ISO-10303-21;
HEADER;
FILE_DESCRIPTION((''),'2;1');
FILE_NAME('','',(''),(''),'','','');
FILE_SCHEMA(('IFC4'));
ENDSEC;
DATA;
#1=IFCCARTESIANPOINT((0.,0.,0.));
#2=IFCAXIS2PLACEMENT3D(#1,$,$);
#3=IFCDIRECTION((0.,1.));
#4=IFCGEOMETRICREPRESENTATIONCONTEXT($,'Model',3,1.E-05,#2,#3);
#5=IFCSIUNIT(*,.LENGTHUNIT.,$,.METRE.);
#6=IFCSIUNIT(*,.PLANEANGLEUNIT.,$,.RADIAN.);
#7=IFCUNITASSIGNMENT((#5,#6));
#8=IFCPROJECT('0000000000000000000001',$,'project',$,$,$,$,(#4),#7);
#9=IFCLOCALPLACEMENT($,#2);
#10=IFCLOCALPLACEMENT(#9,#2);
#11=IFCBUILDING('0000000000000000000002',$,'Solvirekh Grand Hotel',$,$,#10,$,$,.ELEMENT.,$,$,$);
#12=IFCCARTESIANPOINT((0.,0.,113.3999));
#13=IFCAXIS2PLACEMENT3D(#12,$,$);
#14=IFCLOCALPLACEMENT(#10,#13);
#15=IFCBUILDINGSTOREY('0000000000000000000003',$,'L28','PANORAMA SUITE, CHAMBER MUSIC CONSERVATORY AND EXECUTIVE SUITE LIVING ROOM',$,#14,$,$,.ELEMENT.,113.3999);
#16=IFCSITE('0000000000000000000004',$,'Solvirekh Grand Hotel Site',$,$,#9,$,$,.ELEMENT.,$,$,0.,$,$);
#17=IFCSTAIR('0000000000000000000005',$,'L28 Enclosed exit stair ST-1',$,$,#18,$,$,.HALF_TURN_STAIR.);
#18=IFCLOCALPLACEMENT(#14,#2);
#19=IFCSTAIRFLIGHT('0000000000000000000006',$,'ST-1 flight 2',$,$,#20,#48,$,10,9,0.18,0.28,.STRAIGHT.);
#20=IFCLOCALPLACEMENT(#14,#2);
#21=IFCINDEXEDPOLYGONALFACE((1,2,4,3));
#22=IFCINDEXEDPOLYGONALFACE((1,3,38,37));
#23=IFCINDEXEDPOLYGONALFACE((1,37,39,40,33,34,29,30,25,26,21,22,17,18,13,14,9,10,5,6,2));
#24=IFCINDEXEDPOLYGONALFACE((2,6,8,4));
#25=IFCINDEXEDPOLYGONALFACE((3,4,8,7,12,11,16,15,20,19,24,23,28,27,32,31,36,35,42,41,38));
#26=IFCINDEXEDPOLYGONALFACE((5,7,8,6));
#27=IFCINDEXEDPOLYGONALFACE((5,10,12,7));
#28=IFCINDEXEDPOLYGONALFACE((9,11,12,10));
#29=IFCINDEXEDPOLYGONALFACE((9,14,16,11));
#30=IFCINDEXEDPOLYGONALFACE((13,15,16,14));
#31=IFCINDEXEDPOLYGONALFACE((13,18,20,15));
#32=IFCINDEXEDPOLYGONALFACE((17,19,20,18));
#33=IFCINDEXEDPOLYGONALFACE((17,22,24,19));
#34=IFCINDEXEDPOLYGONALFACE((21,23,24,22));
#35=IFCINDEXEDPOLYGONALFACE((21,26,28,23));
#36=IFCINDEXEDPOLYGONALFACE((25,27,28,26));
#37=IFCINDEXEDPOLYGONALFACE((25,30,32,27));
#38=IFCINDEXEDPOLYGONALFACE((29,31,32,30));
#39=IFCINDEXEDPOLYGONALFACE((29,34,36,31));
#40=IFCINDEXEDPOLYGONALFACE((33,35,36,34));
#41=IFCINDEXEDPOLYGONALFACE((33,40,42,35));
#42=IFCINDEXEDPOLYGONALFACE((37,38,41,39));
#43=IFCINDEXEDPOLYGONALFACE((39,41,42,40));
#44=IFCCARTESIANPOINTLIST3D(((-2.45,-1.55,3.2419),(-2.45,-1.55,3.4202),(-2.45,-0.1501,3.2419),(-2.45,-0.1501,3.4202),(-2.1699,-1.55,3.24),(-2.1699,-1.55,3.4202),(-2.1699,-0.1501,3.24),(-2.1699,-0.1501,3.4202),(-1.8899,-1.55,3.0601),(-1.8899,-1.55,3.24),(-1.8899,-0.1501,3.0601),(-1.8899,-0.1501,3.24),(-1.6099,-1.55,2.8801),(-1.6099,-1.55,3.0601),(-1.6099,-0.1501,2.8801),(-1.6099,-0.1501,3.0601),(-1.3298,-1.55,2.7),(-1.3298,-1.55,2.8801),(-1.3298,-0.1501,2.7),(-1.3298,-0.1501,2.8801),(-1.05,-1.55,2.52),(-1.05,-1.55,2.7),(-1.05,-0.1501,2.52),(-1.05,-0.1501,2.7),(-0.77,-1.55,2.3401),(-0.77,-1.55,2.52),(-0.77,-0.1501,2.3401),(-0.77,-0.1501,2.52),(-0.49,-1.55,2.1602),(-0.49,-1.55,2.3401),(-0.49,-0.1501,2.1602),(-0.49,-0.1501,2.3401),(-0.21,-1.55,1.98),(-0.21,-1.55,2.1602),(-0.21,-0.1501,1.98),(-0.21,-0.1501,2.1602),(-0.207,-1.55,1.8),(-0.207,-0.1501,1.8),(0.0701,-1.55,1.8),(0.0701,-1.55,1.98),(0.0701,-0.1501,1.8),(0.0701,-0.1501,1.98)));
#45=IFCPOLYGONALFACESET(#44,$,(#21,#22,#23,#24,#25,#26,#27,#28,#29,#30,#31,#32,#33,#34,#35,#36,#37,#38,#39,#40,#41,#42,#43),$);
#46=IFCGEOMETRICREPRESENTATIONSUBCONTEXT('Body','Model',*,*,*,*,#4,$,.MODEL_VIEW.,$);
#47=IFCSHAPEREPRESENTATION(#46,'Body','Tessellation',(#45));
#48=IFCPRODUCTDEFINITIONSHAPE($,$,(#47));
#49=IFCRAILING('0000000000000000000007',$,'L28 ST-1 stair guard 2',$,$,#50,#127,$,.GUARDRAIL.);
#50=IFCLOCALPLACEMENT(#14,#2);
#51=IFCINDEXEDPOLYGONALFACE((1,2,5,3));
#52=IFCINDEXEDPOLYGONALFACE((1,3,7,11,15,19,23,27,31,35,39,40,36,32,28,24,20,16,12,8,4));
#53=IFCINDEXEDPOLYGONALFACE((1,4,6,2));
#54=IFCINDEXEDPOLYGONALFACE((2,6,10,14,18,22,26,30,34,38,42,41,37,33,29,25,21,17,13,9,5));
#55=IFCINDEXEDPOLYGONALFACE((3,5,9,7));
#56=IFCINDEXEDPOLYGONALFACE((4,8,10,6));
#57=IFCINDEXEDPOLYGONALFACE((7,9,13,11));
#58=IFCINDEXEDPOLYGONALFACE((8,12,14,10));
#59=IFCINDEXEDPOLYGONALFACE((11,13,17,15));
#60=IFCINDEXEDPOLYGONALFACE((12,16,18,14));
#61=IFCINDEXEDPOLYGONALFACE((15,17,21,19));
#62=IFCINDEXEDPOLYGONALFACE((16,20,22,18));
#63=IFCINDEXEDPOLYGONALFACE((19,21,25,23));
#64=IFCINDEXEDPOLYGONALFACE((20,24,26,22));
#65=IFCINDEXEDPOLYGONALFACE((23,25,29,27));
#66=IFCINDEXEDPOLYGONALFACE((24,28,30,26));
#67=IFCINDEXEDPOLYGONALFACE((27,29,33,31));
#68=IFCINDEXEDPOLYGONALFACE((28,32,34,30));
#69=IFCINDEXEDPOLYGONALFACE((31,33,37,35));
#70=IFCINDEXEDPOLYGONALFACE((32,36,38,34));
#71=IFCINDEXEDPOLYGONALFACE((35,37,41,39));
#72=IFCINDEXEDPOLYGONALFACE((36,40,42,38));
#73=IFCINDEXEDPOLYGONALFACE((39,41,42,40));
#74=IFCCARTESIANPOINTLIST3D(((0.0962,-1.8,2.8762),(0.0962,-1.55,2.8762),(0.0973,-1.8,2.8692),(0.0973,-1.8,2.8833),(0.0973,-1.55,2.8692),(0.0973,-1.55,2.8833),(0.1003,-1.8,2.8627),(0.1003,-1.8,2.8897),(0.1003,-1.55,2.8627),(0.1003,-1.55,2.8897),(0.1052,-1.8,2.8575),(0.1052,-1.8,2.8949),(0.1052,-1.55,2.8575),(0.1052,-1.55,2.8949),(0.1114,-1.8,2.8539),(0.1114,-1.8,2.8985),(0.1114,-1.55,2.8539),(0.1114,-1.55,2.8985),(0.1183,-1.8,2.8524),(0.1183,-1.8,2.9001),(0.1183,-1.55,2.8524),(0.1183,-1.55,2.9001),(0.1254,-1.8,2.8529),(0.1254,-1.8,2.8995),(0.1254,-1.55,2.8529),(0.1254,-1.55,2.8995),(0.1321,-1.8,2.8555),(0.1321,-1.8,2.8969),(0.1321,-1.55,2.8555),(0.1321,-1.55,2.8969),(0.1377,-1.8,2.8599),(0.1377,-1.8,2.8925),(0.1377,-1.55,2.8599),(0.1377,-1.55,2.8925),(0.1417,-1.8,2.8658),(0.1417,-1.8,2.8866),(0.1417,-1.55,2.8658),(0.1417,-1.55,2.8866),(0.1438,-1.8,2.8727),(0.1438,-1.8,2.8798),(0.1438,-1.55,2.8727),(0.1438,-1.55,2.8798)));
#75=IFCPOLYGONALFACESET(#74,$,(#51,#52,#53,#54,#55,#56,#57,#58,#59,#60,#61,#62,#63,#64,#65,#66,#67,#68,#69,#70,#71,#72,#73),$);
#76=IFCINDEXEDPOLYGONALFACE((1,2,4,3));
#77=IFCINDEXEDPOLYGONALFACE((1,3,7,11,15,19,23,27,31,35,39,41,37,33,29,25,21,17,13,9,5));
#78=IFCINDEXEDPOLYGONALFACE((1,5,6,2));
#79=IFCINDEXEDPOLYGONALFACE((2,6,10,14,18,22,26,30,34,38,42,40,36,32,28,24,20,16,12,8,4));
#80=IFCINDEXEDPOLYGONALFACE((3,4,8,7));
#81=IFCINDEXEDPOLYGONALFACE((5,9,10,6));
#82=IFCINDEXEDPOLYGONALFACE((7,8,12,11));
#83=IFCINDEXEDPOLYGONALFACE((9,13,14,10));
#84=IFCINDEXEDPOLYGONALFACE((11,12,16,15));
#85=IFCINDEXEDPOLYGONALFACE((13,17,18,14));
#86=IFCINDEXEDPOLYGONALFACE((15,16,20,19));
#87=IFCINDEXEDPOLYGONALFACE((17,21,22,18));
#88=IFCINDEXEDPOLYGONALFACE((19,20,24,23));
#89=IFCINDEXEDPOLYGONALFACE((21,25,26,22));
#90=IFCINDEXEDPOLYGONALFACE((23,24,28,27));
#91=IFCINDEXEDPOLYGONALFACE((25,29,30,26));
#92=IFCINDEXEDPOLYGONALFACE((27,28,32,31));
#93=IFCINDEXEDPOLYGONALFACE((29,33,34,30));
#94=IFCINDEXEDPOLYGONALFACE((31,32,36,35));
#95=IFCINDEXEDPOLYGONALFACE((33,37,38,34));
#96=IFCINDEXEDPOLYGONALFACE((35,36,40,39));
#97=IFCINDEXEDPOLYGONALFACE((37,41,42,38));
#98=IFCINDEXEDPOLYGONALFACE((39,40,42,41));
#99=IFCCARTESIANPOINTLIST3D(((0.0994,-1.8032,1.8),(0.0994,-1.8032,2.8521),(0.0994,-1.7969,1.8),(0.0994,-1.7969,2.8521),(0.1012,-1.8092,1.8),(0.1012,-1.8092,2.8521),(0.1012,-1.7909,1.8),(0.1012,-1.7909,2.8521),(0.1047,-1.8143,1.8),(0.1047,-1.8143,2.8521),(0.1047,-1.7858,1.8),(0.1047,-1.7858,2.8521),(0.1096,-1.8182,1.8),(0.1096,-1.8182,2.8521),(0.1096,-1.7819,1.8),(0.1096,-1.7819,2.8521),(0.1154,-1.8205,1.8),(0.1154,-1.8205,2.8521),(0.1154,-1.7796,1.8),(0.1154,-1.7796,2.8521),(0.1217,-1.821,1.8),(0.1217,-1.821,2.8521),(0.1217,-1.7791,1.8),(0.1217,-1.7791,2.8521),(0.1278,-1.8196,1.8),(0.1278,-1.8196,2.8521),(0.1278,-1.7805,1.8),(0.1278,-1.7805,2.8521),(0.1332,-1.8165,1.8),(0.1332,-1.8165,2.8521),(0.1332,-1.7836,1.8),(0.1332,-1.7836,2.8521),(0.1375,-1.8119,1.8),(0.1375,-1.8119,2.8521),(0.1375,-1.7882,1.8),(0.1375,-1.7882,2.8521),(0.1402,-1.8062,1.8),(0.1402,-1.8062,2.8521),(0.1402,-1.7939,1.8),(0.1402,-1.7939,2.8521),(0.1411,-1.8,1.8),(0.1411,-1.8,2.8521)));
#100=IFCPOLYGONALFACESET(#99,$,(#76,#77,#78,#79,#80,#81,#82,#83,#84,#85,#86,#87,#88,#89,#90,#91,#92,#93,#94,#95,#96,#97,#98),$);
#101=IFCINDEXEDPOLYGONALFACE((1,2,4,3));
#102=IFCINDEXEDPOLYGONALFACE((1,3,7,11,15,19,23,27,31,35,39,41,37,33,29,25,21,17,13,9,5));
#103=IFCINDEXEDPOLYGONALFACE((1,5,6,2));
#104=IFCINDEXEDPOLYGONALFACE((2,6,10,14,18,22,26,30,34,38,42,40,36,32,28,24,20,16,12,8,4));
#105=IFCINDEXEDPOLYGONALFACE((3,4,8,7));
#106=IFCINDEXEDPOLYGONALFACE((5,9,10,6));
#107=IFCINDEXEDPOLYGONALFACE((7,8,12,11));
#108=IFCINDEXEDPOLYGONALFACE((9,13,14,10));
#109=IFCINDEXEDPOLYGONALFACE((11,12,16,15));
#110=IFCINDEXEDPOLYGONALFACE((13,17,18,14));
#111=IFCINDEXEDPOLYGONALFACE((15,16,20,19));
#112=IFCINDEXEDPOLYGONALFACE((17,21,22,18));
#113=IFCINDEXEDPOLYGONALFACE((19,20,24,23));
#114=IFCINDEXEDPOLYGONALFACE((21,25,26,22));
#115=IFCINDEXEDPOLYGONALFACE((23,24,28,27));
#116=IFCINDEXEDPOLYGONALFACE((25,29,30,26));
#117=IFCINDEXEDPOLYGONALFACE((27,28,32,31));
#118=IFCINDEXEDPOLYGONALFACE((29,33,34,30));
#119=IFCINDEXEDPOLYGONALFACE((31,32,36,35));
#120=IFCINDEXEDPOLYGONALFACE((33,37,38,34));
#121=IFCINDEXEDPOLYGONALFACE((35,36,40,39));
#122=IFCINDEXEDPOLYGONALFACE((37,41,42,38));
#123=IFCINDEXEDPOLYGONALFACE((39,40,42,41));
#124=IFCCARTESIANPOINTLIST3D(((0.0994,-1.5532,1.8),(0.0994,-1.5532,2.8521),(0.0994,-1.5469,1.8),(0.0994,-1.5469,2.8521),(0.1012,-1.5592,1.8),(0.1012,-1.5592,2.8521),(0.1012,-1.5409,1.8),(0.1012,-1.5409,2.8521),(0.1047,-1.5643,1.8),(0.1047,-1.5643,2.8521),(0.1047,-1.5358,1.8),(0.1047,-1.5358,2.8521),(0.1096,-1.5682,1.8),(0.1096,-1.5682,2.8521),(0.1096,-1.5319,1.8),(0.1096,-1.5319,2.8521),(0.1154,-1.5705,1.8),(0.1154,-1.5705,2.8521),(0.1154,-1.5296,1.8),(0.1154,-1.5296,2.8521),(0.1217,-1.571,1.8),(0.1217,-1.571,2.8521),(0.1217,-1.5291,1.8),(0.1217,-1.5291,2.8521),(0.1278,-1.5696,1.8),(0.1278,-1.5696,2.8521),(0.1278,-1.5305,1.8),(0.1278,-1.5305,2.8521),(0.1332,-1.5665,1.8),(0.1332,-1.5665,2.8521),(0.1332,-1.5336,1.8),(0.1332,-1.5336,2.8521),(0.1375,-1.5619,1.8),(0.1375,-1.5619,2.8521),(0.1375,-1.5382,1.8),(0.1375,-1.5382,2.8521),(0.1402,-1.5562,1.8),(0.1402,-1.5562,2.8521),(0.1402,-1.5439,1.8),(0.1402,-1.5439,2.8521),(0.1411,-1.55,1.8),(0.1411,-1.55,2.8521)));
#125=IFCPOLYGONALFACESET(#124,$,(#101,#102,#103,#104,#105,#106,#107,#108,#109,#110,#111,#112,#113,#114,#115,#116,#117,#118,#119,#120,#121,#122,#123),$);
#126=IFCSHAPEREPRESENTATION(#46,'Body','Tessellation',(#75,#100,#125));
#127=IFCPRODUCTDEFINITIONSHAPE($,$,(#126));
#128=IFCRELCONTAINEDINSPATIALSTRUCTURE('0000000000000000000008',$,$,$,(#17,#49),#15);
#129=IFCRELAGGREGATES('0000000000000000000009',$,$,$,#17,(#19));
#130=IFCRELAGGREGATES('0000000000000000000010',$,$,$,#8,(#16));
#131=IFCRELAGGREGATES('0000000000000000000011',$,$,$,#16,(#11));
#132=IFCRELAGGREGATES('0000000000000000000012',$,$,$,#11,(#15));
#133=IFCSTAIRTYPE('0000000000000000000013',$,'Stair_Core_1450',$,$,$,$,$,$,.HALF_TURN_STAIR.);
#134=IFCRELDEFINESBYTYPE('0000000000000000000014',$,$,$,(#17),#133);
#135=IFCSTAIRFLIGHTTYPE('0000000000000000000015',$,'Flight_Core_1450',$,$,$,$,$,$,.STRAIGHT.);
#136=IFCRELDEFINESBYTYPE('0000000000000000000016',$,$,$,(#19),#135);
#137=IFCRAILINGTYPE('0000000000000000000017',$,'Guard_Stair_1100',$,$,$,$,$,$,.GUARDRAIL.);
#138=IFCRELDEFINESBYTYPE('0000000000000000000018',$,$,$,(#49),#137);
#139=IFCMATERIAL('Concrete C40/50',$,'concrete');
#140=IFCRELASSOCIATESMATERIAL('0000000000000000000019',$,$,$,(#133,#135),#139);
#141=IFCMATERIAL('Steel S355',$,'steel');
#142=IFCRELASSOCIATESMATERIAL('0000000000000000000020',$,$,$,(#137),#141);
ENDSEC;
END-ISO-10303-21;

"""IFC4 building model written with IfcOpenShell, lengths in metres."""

from ifc_helpers import new_model, si_unit, direction, frame, origin, origin_2d, place, context, subcontext, project, spatial, polyline, circle, outline, extrude, material, type_object, element, aggregate, save


model = new_model("IFC4")

# Units and contexts
model_context = context("Model", 3, precision=1e-05, world=origin(), true_north=direction((0.0, 1.0)))
body_context = subcontext(model_context, "Body", "Model", "MODEL_VIEW")
ifc_project = project(units=[si_unit("LENGTHUNIT", "METRE"), si_unit("PLANEANGLEUNIT", "RADIAN")], contexts=[model_context])

# Site, building, storey
site_placement = place(None, origin())
site = spatial("IfcSite", under=ifc_project, at=site_placement, Name="Solvirekh Grand Hotel Site", CompositionType="ELEMENT", RefElevation=0.0)
building_placement = place(site_placement, origin())
building = spatial("IfcBuilding", under=site, at=building_placement, Name="Solvirekh Grand Hotel", CompositionType="ELEMENT")
storey_placement = place(building_placement, frame((0.0, 0.0, 113.3999)))
storey = spatial("IfcBuildingStorey", under=building, at=storey_placement, Name="L28", Description="PANORAMA SUITE, CHAMBER MUSIC CONSERVATORY AND EXECUTIVE SUITE LIVING ROOM", CompositionType="ELEMENT", Elevation=113.3999)

# Shared definitions
ifc_material_1 = material(Name="Steel S355", Category="steel")

# Shared definitions
ifc_material_2 = material(Name="Concrete C40/50", Category="concrete")

# Stair, stair flight
stair_type = type_object("IfcStairType", Name="Stair_Core_1450", PredefinedType="HALF_TURN_STAIR", material=ifc_material_2)
stair_placement = place(storey_placement, origin())
stair = element("IfcStair", 1, at=stair_placement, inside=storey, type_object=stair_type, Name="L28 Enclosed exit stair ST-1", PredefinedType="HALF_TURN_STAIR")
stair_flight_type = type_object("IfcStairFlightType", Name="Flight_Core_1450", PredefinedType="STRAIGHT", material=ifc_material_2)
stair_flight_placement = place(storey_placement, frame((0.0701, -0.8501, 1.8), z_axis=(0.0, 0.0, 1.0), x_axis=(-1.0, 0.0, 0.0)))
stair_flight = element("IfcStairFlight", 2, at=stair_flight_placement, type_object=stair_flight_type, Name="ST-1 flight 2", NumberOfRisers=10, NumberOfTreads=9, PredefinedType="STRAIGHT", RiserHeight=0.18, TreadLength=0.28, context=body_context, shape_type="SweptSolid", body=[
    extrude(outline(polyline([(0.0, 0.0), (0.0, 0.1799), (0.28, 0.1799), (0.28, 0.3601), (0.5601, 0.3601), (0.5601, 0.54), (0.8401, 0.54), (0.8401, 0.72), (1.1201, 0.72), (1.1201, 0.8999), (1.3999, 0.8999), (1.3999, 1.0801), (1.6799, 1.0801), (1.6799, 1.26), (1.96, 1.26), (1.96, 1.4399), (2.24, 1.4399), (2.24, 1.6201), (2.52, 1.6201), (2.52, 1.8), (2.52, 1.4419), (0.2771, 0.0), (0.0, 0.0)])), frame((0.0, 0.7, 0.0), z_axis=(0.0, -1.0, 0.0), x_axis=(1.0, 0.0, 0.0)), (0.0, 0.0, 1.0), 1.3999),
])
aggregate(stair, [stair_flight])

# Railing
railing_type_1 = type_object("IfcRailingType", Name="Guard_Stair_1100", PredefinedType="GUARDRAIL", material=ifc_material_1)
railing_1_placement = place(storey_placement, frame((0.1201, -1.8, 1.8)))
element("IfcRailing", 3, at=railing_1_placement, inside=storey, type_object=railing_type_1, Name="L28 ST-1 stair guard 2", PredefinedType="GUARDRAIL", context=body_context, shape_type="SweptSolid", body=[
    extrude(circle(Radius=0.0239, at=origin_2d()), frame((0.0, 0.0, 1.0762), z_axis=(0.0, 1.0, 0.0), x_axis=(-1.0, 0.0, 0.0)), (0.0, 0.0, 1.0), 0.25),
    extrude(circle(Radius=0.021, at=origin_2d()), origin(), (0.0, 0.0, 1.0), 1.052),
    extrude(circle(Radius=0.021, at=origin_2d()), frame((0.0, 0.25, 0.0)), (0.0, 0.0, 1.0), 1.052),
])

save(model, "model.ifc")
